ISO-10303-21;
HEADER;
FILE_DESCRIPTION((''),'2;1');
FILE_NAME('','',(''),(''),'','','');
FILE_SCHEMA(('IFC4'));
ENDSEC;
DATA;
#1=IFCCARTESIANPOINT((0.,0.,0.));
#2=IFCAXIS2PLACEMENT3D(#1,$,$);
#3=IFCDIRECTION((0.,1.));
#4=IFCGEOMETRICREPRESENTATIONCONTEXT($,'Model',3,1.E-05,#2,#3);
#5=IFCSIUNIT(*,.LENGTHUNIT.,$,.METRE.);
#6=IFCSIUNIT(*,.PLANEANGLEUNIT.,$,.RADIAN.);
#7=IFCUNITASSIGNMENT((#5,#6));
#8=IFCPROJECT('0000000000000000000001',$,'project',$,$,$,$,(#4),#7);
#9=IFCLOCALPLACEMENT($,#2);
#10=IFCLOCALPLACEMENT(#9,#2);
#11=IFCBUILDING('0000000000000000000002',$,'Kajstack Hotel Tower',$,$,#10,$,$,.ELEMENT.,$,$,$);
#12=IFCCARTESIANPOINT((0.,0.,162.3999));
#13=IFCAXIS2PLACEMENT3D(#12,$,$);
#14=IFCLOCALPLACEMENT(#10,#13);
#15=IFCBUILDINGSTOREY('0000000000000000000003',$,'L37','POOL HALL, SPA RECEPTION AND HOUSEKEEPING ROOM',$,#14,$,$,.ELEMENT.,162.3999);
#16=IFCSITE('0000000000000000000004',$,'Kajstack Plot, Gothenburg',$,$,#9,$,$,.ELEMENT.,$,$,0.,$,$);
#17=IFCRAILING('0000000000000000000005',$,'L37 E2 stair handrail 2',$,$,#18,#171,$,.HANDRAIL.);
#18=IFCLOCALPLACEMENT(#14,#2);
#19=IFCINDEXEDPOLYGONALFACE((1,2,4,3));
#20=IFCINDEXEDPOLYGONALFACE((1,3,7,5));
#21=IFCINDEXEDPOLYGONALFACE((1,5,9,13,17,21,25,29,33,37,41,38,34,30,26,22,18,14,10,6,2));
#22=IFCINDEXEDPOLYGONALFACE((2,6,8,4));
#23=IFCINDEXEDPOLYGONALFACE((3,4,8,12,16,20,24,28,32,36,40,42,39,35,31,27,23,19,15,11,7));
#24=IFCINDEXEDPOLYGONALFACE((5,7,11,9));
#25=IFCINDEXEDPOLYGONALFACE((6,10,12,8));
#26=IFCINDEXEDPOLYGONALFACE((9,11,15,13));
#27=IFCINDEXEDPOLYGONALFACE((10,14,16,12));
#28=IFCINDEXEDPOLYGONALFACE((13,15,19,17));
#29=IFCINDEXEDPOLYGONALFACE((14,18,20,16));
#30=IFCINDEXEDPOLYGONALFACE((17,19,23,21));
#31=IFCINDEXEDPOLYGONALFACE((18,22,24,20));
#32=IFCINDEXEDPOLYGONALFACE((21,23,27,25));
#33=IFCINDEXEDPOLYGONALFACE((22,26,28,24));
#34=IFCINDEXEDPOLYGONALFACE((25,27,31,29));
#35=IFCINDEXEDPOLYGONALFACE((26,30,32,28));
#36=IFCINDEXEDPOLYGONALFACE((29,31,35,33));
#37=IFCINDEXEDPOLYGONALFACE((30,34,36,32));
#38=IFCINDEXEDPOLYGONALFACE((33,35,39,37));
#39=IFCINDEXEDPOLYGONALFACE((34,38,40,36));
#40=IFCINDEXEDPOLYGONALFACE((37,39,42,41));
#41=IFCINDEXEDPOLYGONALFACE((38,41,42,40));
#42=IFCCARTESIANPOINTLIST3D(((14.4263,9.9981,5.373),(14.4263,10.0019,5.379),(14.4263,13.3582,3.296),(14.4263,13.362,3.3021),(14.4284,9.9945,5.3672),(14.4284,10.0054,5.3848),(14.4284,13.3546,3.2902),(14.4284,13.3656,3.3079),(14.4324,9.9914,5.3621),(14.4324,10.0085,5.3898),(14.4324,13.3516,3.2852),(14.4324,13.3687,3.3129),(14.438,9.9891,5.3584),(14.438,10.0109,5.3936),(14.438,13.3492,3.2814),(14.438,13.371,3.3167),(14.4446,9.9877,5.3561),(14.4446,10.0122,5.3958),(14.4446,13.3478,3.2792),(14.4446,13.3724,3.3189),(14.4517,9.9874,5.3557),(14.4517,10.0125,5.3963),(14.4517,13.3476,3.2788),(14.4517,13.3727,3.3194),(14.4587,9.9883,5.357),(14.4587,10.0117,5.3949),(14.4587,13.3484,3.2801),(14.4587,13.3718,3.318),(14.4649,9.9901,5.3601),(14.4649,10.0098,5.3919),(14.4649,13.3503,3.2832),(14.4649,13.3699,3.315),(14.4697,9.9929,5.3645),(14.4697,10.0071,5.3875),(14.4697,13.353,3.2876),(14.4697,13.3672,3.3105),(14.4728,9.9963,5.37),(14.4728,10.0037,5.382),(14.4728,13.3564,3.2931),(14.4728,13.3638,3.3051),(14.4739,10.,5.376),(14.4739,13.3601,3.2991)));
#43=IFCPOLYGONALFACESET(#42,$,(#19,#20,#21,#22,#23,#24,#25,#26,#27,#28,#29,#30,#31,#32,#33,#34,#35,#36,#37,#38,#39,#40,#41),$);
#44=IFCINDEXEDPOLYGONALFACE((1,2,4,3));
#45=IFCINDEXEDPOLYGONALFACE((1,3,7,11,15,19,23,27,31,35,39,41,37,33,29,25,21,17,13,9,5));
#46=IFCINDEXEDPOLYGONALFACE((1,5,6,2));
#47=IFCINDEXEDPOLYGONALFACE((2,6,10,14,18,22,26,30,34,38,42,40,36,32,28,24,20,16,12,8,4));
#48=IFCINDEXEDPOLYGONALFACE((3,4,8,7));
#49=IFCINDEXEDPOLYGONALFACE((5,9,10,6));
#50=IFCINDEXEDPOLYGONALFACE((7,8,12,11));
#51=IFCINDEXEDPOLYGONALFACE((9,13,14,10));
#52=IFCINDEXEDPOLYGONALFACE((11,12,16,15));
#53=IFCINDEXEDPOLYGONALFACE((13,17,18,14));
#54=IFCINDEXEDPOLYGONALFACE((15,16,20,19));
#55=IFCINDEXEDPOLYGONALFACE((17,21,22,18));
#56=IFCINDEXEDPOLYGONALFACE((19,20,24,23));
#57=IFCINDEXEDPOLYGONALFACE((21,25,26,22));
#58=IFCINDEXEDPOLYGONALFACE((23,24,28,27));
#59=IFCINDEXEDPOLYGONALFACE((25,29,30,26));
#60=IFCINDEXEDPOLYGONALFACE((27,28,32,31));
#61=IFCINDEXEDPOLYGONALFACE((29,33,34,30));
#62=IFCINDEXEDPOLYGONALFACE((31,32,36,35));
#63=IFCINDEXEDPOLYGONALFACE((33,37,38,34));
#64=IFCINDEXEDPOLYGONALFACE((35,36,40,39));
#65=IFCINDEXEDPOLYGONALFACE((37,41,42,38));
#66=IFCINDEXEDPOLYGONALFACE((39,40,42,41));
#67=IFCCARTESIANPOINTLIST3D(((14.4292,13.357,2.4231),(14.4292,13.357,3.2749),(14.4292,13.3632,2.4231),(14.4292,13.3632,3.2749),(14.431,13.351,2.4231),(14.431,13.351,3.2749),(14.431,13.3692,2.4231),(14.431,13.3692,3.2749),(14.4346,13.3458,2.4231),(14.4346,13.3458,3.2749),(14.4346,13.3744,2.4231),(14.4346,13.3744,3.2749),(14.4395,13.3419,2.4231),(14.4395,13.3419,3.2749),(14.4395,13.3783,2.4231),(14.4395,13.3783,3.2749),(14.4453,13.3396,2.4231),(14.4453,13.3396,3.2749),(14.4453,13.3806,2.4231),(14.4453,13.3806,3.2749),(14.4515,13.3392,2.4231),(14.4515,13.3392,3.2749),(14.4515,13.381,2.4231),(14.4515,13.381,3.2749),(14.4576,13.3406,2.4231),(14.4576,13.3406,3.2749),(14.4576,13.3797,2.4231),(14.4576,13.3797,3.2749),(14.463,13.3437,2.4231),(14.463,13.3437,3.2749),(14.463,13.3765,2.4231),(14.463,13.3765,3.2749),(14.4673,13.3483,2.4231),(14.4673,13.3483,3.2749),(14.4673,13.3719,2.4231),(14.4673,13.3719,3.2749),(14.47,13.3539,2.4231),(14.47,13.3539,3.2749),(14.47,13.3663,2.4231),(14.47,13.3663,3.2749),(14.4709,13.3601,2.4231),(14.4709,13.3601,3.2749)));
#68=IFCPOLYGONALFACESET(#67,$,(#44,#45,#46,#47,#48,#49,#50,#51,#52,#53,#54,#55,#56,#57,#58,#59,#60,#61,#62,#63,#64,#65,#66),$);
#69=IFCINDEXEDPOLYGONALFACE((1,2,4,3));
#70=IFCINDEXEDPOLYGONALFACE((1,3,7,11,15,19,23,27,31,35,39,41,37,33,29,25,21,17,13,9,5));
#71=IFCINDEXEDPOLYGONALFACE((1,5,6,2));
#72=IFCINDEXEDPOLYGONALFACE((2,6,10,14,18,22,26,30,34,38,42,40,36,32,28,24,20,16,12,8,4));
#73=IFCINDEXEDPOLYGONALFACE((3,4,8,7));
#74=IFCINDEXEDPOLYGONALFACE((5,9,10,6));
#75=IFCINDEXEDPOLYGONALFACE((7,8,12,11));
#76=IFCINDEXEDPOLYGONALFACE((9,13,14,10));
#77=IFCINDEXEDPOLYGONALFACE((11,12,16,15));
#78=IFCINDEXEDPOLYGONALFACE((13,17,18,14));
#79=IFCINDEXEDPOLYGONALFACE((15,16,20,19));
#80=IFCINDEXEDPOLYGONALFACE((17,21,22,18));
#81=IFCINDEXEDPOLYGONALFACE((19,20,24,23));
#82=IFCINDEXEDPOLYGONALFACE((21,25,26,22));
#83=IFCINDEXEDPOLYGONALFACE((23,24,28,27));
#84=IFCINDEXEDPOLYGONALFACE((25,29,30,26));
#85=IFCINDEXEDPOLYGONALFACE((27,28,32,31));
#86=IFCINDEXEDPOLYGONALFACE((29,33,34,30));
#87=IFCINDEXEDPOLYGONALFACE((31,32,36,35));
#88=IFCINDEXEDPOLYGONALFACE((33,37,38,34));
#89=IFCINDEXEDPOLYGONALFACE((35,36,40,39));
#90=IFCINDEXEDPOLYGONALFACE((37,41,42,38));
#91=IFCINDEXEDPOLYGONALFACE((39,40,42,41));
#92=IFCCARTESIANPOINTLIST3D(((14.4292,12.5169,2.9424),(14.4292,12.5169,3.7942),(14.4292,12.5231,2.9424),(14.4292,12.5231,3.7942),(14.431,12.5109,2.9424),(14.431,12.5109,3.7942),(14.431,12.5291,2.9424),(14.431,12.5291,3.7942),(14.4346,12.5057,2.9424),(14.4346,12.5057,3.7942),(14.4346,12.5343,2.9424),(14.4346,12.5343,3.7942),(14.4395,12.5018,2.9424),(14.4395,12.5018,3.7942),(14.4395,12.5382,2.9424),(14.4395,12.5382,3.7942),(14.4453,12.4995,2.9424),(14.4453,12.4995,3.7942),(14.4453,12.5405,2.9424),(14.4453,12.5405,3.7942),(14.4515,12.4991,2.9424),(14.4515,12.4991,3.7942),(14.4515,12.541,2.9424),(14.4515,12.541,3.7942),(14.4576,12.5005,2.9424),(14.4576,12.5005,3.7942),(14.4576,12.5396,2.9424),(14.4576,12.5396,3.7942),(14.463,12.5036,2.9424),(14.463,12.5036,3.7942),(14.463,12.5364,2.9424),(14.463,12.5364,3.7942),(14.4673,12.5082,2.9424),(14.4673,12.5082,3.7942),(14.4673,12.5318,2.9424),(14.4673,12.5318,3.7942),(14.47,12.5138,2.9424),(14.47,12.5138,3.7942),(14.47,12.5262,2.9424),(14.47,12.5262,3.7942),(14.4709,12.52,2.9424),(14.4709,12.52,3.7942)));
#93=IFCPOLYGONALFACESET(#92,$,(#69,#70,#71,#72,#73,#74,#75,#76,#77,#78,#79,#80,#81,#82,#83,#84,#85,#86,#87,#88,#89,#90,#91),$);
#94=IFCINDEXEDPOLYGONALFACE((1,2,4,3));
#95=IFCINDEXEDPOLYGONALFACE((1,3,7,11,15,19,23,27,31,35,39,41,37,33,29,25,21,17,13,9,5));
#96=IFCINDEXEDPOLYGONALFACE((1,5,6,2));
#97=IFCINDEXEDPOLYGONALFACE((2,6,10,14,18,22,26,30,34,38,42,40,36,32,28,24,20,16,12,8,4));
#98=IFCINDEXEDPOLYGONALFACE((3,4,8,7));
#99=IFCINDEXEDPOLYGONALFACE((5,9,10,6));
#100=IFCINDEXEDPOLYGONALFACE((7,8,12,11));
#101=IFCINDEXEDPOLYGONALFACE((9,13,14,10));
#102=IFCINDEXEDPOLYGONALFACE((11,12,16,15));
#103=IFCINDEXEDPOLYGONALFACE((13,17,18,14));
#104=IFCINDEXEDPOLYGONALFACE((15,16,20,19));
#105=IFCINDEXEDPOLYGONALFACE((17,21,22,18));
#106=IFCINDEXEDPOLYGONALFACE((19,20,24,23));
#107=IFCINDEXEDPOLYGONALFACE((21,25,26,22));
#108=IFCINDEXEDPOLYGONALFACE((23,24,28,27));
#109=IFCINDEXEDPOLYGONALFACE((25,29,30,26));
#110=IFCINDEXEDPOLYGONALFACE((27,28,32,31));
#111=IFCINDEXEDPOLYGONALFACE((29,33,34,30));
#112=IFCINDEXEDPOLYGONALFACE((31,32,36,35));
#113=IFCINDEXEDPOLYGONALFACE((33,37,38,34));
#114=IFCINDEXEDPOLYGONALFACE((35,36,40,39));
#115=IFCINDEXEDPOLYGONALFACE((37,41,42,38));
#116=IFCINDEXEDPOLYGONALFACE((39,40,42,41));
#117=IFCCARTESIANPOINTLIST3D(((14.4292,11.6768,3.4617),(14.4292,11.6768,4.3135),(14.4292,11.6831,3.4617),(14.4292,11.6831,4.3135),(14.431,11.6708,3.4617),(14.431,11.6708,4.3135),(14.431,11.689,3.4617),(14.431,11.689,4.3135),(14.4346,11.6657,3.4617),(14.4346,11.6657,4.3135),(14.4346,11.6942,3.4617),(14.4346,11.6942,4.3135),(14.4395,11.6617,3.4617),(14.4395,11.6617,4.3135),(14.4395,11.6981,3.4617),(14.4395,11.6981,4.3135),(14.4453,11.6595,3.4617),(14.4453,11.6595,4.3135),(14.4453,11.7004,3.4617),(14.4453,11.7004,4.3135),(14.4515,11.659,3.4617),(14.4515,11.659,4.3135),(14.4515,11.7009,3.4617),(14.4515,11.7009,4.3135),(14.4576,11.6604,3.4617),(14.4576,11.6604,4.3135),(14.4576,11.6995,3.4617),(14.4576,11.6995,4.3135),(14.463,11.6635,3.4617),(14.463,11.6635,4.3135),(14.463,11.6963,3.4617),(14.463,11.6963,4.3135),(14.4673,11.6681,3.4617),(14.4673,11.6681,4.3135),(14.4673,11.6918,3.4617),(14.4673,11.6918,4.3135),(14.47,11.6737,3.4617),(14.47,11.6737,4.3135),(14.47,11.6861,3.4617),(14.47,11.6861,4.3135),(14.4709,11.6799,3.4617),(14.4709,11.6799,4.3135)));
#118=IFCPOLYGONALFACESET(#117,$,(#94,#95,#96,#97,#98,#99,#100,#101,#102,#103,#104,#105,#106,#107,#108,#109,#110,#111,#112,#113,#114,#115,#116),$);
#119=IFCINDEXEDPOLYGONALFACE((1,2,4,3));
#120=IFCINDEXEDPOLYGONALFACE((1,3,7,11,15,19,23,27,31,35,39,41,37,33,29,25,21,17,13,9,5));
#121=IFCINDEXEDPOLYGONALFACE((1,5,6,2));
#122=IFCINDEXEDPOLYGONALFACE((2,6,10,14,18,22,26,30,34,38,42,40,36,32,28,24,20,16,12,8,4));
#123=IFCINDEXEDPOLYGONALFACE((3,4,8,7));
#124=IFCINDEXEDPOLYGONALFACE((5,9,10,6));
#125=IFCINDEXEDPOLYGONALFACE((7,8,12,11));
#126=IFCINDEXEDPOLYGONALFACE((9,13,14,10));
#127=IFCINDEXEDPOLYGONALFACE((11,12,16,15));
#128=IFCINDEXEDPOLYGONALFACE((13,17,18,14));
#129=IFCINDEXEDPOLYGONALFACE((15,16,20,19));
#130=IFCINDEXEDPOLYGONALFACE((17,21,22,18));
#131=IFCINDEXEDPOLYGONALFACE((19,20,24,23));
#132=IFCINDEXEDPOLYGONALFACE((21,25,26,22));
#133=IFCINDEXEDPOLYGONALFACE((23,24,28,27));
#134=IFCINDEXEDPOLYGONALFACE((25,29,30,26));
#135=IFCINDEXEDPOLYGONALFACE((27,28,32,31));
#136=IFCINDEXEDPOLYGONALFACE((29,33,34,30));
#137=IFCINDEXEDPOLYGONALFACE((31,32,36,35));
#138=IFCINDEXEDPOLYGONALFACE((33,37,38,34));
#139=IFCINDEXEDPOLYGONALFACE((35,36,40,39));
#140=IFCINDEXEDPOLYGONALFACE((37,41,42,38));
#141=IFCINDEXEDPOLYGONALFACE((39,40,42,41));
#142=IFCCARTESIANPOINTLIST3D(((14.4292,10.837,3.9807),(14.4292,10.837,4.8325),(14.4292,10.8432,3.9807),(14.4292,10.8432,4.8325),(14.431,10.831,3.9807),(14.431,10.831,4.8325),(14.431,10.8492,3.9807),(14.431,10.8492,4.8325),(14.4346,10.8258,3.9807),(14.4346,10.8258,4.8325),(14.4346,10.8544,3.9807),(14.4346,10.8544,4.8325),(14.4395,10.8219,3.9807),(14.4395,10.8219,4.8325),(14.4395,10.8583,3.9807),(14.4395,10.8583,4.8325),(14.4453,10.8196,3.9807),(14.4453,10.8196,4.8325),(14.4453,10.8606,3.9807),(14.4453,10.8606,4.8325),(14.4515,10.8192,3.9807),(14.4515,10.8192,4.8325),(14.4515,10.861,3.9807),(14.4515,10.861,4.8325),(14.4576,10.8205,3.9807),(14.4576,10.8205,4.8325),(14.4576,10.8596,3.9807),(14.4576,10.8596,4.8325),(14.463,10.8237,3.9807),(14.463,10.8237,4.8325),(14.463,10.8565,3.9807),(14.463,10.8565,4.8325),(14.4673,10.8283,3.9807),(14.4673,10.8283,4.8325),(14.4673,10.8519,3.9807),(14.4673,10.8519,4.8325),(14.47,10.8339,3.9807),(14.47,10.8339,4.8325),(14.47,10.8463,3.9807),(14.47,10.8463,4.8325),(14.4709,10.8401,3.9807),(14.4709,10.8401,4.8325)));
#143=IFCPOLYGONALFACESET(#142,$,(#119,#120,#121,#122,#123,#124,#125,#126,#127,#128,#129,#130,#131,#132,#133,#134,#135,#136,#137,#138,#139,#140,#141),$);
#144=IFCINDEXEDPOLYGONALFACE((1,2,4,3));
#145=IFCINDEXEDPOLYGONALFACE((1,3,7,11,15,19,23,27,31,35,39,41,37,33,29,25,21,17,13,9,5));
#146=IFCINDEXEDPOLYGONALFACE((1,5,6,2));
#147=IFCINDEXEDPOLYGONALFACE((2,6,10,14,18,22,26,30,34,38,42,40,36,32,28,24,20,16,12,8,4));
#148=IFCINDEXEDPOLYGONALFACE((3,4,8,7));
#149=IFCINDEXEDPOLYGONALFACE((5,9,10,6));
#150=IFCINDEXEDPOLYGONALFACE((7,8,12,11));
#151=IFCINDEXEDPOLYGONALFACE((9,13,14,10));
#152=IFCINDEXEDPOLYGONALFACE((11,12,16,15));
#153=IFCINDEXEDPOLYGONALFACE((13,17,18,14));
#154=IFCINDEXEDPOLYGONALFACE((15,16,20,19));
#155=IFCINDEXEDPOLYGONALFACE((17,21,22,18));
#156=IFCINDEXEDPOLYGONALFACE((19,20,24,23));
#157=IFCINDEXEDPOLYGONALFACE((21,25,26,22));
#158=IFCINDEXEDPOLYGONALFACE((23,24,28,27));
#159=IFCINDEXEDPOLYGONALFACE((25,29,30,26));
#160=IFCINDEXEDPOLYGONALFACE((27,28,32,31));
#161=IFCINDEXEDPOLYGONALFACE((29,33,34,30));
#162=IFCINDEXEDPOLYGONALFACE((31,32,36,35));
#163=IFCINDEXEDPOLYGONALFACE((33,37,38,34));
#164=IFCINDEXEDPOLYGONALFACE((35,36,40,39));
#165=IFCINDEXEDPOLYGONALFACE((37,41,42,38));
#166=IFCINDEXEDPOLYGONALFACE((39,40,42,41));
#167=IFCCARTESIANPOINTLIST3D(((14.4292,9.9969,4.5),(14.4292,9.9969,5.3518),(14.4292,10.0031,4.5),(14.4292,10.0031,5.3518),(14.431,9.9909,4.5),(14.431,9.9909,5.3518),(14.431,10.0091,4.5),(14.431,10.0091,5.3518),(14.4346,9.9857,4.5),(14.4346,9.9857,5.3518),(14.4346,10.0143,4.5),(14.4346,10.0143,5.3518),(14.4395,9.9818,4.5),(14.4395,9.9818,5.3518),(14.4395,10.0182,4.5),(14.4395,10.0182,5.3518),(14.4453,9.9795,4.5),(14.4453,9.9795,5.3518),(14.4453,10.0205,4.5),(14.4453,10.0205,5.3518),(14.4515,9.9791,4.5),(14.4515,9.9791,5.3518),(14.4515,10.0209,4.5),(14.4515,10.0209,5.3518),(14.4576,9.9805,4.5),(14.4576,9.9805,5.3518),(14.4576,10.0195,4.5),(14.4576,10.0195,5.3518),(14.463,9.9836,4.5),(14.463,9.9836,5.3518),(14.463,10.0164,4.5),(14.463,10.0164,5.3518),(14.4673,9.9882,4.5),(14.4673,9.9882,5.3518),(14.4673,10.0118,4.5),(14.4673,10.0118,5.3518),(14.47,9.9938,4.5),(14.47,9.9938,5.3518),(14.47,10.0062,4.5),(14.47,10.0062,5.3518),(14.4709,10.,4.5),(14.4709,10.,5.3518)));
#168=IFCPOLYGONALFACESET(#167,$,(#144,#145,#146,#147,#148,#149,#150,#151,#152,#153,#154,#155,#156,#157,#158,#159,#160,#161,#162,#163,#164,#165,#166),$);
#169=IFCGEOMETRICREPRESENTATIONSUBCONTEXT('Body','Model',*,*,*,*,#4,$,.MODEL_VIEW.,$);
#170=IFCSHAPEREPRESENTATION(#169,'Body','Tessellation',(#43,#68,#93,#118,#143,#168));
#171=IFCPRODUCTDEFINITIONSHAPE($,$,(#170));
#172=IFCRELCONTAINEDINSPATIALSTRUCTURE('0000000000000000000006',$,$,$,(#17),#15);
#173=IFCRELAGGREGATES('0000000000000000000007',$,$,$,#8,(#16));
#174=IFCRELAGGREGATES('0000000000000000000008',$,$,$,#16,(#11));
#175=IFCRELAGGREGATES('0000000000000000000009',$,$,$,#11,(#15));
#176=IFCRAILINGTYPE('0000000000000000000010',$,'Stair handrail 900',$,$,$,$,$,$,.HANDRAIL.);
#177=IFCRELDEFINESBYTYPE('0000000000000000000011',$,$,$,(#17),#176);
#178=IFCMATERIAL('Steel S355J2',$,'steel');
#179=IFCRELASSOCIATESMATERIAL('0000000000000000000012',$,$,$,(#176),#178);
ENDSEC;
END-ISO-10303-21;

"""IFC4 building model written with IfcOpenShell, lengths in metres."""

from ifc_helpers import new_model, si_unit, direction, frame, origin, origin_2d, place, context, subcontext, project, spatial, circle, extrude, material, type_object, element, save


model = new_model("IFC4")

# Units and contexts
model_context = context("Model", 3, precision=1e-05, world=origin(), true_north=direction((0.0, 1.0)))
body_context = subcontext(model_context, "Body", "Model", "MODEL_VIEW")
ifc_project = project(units=[si_unit("LENGTHUNIT", "METRE"), si_unit("PLANEANGLEUNIT", "RADIAN")], contexts=[model_context])

# Site, building, storey
site_placement = place(None, origin())
site = spatial("IfcSite", under=ifc_project, at=site_placement, Name="Kajstack Plot, Gothenburg", CompositionType="ELEMENT", RefElevation=0.0)
building_placement = place(site_placement, origin())
building = spatial("IfcBuilding", under=site, at=building_placement, Name="Kajstack Hotel Tower", CompositionType="ELEMENT")
storey_placement = place(building_placement, frame((0.0, 0.0, 162.3999)))
storey = spatial("IfcBuildingStorey", under=building, at=storey_placement, Name="L37", Description="POOL HALL, SPA RECEPTION AND HOUSEKEEPING ROOM", CompositionType="ELEMENT", Elevation=162.3999)

# Railing
ifc_material_1 = material(Name="Steel S355J2", Category="steel")
railing_type_1 = type_object("IfcRailingType", Name="Stair handrail 900", PredefinedType="HANDRAIL", material=ifc_material_1)
railing_1_placement = place(storey_placement, frame((14.45, 13.3601, 2.4231)))
element("IfcRailing", 1, at=railing_1_placement, inside=storey, type_object=railing_type_1, Name="L37 E2 stair handrail 2", PredefinedType="HANDRAIL", context=body_context, shape_type="SweptSolid", body=[
    extrude(circle(Radius=0.0239, at=origin_2d()), frame((0.0, 0.0, 0.876), z_axis=(0.0, -0.850623, 0.525776), x_axis=(1.0, 0.0, 0.0)), (0.0, 0.0, 1.0), 3.9502),
    extrude(circle(Radius=0.021, at=origin_2d()), origin(), (0.0, 0.0, 1.0), 0.8518),
    extrude(circle(Radius=0.021, at=origin_2d()), frame((0.0, -0.8401, 0.5193)), (0.0, 0.0, 1.0), 0.8518),
    extrude(circle(Radius=0.021, at=origin_2d()), frame((0.0, -1.6802, 1.0386)), (0.0, 0.0, 1.0), 0.8518),
    extrude(circle(Radius=0.021, at=origin_2d()), frame((0.0, -2.52, 1.5576)), (0.0, 0.0, 1.0), 0.8518),
    extrude(circle(Radius=0.021, at=origin_2d()), frame((0.0, -3.3601, 2.0769)), (0.0, 0.0, 1.0), 0.8518),
])

save(model, "model.ifc")
